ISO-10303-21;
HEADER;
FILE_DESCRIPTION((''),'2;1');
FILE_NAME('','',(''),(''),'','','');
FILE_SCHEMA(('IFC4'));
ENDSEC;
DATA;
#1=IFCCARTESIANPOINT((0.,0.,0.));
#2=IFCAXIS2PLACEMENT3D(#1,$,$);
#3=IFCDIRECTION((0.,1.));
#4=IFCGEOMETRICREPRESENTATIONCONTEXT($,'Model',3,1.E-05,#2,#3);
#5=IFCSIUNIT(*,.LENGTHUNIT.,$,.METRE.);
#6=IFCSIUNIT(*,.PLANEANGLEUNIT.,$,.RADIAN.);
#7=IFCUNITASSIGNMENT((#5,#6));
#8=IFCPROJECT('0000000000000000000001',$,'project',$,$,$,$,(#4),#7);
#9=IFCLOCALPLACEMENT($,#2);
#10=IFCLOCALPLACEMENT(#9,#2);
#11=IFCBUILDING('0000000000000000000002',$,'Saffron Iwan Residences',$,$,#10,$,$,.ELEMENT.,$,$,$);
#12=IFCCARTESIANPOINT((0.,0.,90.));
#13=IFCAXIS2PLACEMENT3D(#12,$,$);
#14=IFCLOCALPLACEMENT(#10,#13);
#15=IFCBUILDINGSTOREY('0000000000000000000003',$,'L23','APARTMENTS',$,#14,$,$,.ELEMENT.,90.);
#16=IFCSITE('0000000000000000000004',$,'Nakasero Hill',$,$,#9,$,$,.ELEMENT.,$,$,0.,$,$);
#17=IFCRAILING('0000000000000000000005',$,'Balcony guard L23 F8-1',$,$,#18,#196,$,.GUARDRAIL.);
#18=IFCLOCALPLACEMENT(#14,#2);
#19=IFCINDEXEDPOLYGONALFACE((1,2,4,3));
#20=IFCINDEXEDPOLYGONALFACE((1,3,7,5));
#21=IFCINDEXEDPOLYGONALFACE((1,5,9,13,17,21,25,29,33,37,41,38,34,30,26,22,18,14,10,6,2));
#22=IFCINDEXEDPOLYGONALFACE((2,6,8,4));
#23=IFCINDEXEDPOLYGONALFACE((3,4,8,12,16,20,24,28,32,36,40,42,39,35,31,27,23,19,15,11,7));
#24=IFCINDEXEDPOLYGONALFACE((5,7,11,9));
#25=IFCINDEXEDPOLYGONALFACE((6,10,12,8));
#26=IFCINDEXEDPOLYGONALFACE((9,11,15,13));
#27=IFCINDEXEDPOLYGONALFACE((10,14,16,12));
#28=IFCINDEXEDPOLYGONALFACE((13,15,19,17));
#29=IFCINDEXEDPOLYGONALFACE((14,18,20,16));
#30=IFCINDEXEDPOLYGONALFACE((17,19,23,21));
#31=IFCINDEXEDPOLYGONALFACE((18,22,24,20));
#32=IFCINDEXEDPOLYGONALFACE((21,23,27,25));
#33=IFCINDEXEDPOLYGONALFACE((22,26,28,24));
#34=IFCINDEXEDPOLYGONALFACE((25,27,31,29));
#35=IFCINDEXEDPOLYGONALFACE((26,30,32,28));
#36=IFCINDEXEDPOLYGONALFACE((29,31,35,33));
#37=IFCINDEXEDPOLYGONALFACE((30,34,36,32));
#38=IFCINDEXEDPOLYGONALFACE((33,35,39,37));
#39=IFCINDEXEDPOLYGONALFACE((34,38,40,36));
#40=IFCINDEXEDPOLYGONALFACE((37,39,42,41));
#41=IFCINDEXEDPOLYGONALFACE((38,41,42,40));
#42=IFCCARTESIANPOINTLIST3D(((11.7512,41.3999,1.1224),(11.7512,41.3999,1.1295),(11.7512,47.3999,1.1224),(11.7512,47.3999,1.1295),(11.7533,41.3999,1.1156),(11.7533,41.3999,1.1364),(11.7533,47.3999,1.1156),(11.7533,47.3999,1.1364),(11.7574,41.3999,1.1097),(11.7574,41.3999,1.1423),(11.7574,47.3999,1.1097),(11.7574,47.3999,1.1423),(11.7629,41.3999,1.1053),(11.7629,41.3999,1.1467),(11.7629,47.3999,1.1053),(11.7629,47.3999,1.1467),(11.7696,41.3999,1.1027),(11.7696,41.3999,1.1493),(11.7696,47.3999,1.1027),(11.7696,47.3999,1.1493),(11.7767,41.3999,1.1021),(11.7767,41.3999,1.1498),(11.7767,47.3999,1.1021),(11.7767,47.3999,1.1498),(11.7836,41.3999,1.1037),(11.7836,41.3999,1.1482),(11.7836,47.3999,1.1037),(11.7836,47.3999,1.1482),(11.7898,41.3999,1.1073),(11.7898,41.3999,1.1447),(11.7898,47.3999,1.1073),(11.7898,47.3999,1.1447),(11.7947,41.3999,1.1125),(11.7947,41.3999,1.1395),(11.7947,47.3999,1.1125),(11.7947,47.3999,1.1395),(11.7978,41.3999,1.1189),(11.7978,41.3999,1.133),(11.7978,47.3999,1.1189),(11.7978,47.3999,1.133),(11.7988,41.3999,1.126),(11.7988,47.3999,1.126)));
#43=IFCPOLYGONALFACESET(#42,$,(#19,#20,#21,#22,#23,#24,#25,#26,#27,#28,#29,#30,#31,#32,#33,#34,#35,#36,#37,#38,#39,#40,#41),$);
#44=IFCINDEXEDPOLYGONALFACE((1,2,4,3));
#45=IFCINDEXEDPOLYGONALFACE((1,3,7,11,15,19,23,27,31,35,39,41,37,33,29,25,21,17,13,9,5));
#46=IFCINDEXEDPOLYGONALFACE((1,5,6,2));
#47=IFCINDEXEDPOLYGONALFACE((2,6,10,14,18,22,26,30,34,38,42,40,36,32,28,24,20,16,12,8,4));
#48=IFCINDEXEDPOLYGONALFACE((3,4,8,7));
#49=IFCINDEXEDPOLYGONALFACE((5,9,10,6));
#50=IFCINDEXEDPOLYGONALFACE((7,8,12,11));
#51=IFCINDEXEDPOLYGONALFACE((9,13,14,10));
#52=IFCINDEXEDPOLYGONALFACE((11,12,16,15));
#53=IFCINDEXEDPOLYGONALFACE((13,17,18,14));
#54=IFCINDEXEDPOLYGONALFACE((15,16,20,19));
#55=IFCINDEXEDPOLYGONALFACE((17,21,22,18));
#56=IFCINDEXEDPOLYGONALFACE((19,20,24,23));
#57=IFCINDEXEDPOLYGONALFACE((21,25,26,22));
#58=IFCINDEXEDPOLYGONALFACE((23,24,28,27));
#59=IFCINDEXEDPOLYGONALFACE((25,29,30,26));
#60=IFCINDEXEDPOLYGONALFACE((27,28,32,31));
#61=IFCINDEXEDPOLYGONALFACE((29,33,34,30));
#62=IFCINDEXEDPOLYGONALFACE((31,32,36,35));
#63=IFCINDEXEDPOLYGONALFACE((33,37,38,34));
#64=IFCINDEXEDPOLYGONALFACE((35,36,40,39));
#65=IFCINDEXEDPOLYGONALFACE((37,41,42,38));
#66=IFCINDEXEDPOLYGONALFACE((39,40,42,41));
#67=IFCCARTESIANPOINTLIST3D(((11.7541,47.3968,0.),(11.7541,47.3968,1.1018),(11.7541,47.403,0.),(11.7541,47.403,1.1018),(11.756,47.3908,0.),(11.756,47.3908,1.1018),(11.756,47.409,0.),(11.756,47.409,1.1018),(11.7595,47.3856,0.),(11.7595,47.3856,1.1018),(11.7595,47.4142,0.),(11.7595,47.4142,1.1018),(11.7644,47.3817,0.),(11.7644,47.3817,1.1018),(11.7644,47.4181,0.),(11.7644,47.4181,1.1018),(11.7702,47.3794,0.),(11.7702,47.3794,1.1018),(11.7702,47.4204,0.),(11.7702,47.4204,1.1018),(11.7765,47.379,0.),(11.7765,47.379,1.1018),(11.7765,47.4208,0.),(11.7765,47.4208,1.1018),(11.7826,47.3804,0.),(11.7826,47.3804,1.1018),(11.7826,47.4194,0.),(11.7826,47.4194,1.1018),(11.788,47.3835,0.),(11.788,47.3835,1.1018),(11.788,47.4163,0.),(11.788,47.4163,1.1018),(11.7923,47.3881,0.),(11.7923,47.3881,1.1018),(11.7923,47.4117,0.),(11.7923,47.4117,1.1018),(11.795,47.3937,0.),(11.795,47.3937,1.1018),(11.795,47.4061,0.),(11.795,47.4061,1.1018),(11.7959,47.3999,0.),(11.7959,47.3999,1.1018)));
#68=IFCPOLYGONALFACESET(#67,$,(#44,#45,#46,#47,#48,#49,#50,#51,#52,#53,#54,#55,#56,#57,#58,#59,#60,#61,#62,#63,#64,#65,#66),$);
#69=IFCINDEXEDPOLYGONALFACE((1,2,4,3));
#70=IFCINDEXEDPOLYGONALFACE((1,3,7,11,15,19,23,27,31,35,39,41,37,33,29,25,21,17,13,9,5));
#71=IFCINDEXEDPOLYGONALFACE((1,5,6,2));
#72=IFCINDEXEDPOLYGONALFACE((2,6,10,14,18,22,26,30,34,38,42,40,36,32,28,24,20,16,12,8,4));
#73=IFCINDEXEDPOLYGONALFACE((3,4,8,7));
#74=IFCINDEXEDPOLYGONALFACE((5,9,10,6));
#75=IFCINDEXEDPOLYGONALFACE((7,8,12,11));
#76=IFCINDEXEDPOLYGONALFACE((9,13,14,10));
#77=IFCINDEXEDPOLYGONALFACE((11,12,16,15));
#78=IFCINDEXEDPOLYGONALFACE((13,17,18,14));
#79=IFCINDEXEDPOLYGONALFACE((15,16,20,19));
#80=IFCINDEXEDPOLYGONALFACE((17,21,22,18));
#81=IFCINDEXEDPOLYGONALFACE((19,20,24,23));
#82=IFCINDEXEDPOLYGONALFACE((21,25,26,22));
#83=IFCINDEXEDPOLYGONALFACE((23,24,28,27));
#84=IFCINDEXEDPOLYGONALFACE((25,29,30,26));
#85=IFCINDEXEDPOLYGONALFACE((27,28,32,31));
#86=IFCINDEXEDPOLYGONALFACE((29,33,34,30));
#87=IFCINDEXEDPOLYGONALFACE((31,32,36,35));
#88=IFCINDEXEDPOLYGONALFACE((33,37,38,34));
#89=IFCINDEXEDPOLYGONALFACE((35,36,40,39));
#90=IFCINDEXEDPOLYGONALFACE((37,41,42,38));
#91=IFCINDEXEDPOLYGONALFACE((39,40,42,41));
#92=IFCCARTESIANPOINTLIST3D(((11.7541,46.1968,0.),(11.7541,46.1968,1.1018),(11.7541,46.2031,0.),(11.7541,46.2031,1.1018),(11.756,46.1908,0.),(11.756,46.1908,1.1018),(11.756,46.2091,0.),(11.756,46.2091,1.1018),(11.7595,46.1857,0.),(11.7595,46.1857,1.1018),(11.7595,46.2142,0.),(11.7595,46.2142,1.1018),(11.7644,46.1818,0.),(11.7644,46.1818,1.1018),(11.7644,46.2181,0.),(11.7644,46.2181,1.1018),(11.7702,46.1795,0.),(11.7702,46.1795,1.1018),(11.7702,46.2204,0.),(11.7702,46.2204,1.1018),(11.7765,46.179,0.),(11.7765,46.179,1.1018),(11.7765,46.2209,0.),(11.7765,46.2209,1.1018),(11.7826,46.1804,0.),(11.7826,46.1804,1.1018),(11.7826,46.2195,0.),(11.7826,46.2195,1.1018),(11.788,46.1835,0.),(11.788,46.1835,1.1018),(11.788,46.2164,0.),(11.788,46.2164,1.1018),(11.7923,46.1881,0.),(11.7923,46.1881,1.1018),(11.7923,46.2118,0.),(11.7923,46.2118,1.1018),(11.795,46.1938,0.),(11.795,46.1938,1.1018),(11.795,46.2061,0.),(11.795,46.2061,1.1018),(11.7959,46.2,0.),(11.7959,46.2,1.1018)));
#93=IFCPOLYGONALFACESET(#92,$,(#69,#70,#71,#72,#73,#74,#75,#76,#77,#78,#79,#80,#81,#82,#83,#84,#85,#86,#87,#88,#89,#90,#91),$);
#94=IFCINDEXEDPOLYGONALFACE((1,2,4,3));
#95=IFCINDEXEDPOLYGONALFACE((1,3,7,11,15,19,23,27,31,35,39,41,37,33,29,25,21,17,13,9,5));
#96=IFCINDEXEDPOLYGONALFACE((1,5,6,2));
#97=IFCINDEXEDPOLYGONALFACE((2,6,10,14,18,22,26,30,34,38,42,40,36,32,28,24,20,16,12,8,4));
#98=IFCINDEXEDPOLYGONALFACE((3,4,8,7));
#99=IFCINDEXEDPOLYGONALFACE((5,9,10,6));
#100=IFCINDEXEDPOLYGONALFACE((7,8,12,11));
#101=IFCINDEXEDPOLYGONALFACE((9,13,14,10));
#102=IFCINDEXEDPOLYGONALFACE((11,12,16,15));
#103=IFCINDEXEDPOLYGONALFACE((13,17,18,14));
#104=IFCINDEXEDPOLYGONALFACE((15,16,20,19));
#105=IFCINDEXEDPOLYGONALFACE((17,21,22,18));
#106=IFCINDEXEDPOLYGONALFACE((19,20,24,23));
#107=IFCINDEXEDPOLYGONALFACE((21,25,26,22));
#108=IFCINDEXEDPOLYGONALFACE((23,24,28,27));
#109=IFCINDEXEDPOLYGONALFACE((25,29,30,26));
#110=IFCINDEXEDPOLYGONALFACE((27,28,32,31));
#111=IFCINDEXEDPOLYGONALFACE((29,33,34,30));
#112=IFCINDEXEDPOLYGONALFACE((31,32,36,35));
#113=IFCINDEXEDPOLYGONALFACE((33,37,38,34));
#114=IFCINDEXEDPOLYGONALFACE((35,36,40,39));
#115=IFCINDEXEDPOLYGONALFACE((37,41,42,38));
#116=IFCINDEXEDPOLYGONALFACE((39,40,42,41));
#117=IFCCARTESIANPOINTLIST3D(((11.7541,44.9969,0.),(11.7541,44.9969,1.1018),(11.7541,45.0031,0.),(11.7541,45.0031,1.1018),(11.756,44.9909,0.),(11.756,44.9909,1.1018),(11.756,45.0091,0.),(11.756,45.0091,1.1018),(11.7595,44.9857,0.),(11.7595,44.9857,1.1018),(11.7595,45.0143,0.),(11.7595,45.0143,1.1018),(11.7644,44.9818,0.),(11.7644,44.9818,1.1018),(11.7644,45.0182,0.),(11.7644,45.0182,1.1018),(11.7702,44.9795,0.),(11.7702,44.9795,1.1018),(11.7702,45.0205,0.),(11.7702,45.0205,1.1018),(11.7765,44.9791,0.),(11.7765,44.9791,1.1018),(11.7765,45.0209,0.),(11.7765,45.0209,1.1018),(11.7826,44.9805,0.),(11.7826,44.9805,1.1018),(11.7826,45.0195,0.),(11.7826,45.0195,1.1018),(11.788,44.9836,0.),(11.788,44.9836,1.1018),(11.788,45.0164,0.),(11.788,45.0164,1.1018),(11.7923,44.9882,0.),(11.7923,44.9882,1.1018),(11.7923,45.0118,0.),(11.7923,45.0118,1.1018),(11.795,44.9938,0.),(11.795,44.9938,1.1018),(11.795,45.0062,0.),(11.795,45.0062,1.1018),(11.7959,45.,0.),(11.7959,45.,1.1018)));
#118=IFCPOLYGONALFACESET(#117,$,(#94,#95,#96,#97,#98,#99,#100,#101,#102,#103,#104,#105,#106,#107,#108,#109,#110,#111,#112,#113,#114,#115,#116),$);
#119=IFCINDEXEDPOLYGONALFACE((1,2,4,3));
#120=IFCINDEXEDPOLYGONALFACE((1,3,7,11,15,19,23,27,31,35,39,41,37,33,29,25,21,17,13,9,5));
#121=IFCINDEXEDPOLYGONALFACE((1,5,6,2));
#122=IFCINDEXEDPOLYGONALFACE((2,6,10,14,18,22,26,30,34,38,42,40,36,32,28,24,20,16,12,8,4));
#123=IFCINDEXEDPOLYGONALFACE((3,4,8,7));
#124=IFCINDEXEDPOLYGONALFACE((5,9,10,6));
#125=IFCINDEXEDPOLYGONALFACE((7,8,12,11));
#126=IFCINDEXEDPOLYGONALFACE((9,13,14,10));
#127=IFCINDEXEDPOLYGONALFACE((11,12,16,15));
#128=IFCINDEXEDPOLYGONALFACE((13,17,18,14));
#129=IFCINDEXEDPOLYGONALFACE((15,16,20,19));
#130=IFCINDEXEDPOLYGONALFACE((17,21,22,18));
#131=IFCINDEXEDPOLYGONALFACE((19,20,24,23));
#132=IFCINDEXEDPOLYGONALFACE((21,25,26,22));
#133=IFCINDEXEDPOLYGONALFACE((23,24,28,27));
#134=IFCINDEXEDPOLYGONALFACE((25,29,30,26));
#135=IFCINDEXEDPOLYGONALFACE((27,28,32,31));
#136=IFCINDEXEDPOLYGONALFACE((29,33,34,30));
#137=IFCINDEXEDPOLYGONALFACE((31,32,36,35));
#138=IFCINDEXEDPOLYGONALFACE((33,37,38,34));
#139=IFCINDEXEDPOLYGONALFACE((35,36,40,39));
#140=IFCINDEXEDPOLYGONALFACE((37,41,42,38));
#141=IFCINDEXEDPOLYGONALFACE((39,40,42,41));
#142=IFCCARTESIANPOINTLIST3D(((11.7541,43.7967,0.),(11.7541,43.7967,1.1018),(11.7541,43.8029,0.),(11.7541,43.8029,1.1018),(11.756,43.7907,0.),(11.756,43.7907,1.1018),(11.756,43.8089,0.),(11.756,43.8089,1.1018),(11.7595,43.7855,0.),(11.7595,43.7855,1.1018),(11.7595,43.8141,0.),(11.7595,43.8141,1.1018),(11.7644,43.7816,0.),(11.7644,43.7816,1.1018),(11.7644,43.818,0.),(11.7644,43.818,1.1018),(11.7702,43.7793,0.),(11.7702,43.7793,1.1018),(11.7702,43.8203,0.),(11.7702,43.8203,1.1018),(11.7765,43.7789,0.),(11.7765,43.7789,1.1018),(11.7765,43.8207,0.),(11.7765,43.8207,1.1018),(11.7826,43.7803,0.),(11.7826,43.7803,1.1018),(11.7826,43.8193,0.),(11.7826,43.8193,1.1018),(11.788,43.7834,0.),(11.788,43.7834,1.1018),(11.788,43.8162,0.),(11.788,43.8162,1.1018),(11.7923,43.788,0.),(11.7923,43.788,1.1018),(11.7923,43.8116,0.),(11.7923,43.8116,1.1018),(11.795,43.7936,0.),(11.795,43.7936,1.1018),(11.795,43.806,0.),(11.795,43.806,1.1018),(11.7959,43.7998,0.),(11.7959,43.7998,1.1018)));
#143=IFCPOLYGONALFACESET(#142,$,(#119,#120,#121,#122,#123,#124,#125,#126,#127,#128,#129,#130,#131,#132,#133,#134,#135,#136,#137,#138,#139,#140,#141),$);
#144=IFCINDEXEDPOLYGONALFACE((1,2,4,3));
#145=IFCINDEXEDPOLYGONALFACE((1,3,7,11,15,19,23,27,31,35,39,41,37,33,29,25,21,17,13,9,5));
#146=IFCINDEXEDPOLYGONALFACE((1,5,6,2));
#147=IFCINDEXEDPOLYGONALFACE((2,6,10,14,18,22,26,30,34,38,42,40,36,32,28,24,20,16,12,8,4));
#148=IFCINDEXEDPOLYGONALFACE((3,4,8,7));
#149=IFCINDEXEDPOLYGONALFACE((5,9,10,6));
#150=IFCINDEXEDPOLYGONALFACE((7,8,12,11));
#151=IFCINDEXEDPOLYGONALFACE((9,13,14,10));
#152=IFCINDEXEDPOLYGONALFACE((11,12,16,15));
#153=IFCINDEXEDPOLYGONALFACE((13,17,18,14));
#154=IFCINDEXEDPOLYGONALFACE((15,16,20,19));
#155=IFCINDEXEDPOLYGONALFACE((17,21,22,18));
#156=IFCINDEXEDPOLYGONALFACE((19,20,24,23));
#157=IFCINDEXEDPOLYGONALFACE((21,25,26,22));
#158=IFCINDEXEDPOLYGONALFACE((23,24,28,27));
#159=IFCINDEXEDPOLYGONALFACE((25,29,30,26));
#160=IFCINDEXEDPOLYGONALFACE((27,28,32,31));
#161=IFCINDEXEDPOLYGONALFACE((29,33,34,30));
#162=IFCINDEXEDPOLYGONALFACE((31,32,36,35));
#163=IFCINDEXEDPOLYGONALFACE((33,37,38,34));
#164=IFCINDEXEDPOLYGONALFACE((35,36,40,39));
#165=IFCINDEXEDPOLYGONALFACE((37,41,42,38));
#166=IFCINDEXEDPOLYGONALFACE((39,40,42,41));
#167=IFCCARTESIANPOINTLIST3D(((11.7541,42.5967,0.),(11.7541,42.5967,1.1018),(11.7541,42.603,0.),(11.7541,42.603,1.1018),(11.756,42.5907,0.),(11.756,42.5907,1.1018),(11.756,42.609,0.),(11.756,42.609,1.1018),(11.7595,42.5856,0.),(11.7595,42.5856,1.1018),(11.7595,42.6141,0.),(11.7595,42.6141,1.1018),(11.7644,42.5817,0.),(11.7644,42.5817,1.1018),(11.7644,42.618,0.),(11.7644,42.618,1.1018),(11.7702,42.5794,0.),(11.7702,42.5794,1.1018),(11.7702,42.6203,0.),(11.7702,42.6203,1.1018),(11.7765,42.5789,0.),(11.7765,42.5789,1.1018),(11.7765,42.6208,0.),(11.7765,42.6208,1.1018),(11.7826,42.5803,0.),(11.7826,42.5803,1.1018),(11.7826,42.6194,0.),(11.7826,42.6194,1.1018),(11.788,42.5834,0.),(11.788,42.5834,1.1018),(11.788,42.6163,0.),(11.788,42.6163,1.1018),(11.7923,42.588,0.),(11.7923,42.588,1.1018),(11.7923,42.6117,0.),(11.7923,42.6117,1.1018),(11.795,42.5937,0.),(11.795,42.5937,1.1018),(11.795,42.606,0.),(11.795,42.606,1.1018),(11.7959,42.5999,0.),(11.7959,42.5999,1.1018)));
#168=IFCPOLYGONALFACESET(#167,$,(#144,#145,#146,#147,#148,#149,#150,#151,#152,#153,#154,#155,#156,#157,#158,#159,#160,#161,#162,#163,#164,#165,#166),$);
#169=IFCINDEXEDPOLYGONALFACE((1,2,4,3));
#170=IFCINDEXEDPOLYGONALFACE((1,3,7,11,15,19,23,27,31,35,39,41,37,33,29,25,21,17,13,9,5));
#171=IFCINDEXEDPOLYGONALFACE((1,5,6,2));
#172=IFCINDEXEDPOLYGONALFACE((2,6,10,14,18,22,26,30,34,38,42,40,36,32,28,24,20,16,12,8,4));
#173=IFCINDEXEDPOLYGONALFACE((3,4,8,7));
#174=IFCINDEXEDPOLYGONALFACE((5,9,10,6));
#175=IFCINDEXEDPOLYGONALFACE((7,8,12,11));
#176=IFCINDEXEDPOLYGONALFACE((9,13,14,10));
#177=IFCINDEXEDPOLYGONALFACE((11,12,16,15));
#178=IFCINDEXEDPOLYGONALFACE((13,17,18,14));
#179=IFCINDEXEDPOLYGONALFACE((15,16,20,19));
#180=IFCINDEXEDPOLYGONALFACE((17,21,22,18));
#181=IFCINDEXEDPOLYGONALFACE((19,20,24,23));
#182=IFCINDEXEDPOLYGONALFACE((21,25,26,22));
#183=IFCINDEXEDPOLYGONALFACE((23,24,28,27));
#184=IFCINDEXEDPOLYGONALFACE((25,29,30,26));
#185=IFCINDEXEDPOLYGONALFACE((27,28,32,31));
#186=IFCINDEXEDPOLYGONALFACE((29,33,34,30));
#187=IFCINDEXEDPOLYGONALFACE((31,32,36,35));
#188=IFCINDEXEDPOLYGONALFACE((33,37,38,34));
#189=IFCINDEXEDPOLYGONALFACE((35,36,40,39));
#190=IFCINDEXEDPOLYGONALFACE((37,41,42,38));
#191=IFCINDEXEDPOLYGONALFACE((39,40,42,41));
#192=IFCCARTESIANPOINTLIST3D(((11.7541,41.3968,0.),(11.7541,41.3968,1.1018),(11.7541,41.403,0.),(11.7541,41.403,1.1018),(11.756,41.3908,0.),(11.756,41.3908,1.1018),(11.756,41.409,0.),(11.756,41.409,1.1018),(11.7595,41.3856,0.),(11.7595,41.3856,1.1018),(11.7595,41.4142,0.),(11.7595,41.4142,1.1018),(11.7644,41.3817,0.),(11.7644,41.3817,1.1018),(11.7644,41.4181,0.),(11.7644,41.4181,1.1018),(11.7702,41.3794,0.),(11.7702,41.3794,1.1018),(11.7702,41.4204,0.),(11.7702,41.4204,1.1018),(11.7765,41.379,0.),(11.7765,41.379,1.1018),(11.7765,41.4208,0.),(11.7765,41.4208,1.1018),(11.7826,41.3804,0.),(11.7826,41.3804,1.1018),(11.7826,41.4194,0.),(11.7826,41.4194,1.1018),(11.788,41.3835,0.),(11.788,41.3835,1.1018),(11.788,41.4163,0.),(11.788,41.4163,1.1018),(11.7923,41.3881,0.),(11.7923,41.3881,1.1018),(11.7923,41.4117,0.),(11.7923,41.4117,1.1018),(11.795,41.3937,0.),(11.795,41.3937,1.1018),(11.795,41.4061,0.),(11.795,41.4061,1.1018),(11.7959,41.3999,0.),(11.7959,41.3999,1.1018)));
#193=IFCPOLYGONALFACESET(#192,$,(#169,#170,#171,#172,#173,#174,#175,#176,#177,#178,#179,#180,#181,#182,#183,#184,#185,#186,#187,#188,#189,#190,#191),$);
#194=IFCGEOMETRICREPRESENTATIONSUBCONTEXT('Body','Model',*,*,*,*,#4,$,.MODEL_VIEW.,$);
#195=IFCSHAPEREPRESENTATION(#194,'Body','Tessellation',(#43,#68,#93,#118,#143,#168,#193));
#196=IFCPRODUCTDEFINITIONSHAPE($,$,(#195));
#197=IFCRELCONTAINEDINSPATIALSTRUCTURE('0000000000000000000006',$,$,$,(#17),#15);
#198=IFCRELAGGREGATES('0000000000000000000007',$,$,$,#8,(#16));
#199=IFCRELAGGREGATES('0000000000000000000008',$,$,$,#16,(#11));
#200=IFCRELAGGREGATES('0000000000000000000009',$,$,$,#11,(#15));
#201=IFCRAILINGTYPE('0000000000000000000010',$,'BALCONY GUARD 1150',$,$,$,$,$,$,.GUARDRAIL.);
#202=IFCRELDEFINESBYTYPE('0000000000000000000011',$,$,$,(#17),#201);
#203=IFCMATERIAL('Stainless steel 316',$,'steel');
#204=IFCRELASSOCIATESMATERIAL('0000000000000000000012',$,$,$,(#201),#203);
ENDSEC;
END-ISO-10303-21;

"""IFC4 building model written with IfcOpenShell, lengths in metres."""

from ifc_helpers import new_model, si_unit, direction, frame, origin, origin_2d, place, context, subcontext, project, spatial, circle, extrude, material, type_object, element, save


model = new_model("IFC4")

# Units and contexts
model_context = context("Model", 3, precision=1e-05, world=origin(), true_north=direction((0.0, 1.0)))
body_context = subcontext(model_context, "Body", "Model", "MODEL_VIEW")
ifc_project = project(units=[si_unit("LENGTHUNIT", "METRE"), si_unit("PLANEANGLEUNIT", "RADIAN")], contexts=[model_context])

# Site, building, storey
site_placement = place(None, origin())
site = spatial("IfcSite", under=ifc_project, at=site_placement, Name="Nakasero Hill", CompositionType="ELEMENT", RefElevation=0.0)
building_placement = place(site_placement, origin())
building = spatial("IfcBuilding", under=site, at=building_placement, Name="Saffron Iwan Residences", CompositionType="ELEMENT")
storey_placement = place(building_placement, frame((0.0, 0.0, 90.0)))
storey = spatial("IfcBuildingStorey", under=building, at=storey_placement, Name="L23", Description="APARTMENTS", CompositionType="ELEMENT", Elevation=90.0)

# Railing
ifc_material_1 = material(Name="Stainless steel 316", Category="steel")
railing_type = type_object("IfcRailingType", Name="BALCONY GUARD 1150", PredefinedType="GUARDRAIL", material=ifc_material_1)
railing_placement = place(storey_placement, frame((11.7749, 47.3999, 0.0)))
element("IfcRailing", 1, at=railing_placement, inside=storey, type_object=railing_type, Name="Balcony guard L23 F8-1", PredefinedType="GUARDRAIL", context=body_context, shape_type="SweptSolid", body=[
    extrude(circle(Radius=0.0239, at=origin_2d()), frame((0.0, 0.0, 1.126), z_axis=(0.0, -1.0, 0.0), x_axis=(1.0, 0.0, 0.0)), (0.0, 0.0, 1.0), 6.0),
    extrude(circle(Radius=0.021, at=origin_2d()), origin(), (0.0, 0.0, 1.0), 1.1018),
    extrude(circle(Radius=0.021, at=origin_2d()), frame((0.0, -1.2, 0.0)), (0.0, 0.0, 1.0), 1.1018),
    extrude(circle(Radius=0.021, at=origin_2d()), frame((0.0, -2.3999, 0.0)), (0.0, 0.0, 1.0), 1.1018),
    extrude(circle(Radius=0.021, at=origin_2d()), frame((0.0, -3.6001, 0.0)), (0.0, 0.0, 1.0), 1.1018),
    extrude(circle(Radius=0.021, at=origin_2d()), frame((0.0, -4.8, 0.0)), (0.0, 0.0, 1.0), 1.1018),
    extrude(circle(Radius=0.021, at=origin_2d()), frame((0.0, -6.0, 0.0)), (0.0, 0.0, 1.0), 1.1018),
])

save(model, "model.ifc")
